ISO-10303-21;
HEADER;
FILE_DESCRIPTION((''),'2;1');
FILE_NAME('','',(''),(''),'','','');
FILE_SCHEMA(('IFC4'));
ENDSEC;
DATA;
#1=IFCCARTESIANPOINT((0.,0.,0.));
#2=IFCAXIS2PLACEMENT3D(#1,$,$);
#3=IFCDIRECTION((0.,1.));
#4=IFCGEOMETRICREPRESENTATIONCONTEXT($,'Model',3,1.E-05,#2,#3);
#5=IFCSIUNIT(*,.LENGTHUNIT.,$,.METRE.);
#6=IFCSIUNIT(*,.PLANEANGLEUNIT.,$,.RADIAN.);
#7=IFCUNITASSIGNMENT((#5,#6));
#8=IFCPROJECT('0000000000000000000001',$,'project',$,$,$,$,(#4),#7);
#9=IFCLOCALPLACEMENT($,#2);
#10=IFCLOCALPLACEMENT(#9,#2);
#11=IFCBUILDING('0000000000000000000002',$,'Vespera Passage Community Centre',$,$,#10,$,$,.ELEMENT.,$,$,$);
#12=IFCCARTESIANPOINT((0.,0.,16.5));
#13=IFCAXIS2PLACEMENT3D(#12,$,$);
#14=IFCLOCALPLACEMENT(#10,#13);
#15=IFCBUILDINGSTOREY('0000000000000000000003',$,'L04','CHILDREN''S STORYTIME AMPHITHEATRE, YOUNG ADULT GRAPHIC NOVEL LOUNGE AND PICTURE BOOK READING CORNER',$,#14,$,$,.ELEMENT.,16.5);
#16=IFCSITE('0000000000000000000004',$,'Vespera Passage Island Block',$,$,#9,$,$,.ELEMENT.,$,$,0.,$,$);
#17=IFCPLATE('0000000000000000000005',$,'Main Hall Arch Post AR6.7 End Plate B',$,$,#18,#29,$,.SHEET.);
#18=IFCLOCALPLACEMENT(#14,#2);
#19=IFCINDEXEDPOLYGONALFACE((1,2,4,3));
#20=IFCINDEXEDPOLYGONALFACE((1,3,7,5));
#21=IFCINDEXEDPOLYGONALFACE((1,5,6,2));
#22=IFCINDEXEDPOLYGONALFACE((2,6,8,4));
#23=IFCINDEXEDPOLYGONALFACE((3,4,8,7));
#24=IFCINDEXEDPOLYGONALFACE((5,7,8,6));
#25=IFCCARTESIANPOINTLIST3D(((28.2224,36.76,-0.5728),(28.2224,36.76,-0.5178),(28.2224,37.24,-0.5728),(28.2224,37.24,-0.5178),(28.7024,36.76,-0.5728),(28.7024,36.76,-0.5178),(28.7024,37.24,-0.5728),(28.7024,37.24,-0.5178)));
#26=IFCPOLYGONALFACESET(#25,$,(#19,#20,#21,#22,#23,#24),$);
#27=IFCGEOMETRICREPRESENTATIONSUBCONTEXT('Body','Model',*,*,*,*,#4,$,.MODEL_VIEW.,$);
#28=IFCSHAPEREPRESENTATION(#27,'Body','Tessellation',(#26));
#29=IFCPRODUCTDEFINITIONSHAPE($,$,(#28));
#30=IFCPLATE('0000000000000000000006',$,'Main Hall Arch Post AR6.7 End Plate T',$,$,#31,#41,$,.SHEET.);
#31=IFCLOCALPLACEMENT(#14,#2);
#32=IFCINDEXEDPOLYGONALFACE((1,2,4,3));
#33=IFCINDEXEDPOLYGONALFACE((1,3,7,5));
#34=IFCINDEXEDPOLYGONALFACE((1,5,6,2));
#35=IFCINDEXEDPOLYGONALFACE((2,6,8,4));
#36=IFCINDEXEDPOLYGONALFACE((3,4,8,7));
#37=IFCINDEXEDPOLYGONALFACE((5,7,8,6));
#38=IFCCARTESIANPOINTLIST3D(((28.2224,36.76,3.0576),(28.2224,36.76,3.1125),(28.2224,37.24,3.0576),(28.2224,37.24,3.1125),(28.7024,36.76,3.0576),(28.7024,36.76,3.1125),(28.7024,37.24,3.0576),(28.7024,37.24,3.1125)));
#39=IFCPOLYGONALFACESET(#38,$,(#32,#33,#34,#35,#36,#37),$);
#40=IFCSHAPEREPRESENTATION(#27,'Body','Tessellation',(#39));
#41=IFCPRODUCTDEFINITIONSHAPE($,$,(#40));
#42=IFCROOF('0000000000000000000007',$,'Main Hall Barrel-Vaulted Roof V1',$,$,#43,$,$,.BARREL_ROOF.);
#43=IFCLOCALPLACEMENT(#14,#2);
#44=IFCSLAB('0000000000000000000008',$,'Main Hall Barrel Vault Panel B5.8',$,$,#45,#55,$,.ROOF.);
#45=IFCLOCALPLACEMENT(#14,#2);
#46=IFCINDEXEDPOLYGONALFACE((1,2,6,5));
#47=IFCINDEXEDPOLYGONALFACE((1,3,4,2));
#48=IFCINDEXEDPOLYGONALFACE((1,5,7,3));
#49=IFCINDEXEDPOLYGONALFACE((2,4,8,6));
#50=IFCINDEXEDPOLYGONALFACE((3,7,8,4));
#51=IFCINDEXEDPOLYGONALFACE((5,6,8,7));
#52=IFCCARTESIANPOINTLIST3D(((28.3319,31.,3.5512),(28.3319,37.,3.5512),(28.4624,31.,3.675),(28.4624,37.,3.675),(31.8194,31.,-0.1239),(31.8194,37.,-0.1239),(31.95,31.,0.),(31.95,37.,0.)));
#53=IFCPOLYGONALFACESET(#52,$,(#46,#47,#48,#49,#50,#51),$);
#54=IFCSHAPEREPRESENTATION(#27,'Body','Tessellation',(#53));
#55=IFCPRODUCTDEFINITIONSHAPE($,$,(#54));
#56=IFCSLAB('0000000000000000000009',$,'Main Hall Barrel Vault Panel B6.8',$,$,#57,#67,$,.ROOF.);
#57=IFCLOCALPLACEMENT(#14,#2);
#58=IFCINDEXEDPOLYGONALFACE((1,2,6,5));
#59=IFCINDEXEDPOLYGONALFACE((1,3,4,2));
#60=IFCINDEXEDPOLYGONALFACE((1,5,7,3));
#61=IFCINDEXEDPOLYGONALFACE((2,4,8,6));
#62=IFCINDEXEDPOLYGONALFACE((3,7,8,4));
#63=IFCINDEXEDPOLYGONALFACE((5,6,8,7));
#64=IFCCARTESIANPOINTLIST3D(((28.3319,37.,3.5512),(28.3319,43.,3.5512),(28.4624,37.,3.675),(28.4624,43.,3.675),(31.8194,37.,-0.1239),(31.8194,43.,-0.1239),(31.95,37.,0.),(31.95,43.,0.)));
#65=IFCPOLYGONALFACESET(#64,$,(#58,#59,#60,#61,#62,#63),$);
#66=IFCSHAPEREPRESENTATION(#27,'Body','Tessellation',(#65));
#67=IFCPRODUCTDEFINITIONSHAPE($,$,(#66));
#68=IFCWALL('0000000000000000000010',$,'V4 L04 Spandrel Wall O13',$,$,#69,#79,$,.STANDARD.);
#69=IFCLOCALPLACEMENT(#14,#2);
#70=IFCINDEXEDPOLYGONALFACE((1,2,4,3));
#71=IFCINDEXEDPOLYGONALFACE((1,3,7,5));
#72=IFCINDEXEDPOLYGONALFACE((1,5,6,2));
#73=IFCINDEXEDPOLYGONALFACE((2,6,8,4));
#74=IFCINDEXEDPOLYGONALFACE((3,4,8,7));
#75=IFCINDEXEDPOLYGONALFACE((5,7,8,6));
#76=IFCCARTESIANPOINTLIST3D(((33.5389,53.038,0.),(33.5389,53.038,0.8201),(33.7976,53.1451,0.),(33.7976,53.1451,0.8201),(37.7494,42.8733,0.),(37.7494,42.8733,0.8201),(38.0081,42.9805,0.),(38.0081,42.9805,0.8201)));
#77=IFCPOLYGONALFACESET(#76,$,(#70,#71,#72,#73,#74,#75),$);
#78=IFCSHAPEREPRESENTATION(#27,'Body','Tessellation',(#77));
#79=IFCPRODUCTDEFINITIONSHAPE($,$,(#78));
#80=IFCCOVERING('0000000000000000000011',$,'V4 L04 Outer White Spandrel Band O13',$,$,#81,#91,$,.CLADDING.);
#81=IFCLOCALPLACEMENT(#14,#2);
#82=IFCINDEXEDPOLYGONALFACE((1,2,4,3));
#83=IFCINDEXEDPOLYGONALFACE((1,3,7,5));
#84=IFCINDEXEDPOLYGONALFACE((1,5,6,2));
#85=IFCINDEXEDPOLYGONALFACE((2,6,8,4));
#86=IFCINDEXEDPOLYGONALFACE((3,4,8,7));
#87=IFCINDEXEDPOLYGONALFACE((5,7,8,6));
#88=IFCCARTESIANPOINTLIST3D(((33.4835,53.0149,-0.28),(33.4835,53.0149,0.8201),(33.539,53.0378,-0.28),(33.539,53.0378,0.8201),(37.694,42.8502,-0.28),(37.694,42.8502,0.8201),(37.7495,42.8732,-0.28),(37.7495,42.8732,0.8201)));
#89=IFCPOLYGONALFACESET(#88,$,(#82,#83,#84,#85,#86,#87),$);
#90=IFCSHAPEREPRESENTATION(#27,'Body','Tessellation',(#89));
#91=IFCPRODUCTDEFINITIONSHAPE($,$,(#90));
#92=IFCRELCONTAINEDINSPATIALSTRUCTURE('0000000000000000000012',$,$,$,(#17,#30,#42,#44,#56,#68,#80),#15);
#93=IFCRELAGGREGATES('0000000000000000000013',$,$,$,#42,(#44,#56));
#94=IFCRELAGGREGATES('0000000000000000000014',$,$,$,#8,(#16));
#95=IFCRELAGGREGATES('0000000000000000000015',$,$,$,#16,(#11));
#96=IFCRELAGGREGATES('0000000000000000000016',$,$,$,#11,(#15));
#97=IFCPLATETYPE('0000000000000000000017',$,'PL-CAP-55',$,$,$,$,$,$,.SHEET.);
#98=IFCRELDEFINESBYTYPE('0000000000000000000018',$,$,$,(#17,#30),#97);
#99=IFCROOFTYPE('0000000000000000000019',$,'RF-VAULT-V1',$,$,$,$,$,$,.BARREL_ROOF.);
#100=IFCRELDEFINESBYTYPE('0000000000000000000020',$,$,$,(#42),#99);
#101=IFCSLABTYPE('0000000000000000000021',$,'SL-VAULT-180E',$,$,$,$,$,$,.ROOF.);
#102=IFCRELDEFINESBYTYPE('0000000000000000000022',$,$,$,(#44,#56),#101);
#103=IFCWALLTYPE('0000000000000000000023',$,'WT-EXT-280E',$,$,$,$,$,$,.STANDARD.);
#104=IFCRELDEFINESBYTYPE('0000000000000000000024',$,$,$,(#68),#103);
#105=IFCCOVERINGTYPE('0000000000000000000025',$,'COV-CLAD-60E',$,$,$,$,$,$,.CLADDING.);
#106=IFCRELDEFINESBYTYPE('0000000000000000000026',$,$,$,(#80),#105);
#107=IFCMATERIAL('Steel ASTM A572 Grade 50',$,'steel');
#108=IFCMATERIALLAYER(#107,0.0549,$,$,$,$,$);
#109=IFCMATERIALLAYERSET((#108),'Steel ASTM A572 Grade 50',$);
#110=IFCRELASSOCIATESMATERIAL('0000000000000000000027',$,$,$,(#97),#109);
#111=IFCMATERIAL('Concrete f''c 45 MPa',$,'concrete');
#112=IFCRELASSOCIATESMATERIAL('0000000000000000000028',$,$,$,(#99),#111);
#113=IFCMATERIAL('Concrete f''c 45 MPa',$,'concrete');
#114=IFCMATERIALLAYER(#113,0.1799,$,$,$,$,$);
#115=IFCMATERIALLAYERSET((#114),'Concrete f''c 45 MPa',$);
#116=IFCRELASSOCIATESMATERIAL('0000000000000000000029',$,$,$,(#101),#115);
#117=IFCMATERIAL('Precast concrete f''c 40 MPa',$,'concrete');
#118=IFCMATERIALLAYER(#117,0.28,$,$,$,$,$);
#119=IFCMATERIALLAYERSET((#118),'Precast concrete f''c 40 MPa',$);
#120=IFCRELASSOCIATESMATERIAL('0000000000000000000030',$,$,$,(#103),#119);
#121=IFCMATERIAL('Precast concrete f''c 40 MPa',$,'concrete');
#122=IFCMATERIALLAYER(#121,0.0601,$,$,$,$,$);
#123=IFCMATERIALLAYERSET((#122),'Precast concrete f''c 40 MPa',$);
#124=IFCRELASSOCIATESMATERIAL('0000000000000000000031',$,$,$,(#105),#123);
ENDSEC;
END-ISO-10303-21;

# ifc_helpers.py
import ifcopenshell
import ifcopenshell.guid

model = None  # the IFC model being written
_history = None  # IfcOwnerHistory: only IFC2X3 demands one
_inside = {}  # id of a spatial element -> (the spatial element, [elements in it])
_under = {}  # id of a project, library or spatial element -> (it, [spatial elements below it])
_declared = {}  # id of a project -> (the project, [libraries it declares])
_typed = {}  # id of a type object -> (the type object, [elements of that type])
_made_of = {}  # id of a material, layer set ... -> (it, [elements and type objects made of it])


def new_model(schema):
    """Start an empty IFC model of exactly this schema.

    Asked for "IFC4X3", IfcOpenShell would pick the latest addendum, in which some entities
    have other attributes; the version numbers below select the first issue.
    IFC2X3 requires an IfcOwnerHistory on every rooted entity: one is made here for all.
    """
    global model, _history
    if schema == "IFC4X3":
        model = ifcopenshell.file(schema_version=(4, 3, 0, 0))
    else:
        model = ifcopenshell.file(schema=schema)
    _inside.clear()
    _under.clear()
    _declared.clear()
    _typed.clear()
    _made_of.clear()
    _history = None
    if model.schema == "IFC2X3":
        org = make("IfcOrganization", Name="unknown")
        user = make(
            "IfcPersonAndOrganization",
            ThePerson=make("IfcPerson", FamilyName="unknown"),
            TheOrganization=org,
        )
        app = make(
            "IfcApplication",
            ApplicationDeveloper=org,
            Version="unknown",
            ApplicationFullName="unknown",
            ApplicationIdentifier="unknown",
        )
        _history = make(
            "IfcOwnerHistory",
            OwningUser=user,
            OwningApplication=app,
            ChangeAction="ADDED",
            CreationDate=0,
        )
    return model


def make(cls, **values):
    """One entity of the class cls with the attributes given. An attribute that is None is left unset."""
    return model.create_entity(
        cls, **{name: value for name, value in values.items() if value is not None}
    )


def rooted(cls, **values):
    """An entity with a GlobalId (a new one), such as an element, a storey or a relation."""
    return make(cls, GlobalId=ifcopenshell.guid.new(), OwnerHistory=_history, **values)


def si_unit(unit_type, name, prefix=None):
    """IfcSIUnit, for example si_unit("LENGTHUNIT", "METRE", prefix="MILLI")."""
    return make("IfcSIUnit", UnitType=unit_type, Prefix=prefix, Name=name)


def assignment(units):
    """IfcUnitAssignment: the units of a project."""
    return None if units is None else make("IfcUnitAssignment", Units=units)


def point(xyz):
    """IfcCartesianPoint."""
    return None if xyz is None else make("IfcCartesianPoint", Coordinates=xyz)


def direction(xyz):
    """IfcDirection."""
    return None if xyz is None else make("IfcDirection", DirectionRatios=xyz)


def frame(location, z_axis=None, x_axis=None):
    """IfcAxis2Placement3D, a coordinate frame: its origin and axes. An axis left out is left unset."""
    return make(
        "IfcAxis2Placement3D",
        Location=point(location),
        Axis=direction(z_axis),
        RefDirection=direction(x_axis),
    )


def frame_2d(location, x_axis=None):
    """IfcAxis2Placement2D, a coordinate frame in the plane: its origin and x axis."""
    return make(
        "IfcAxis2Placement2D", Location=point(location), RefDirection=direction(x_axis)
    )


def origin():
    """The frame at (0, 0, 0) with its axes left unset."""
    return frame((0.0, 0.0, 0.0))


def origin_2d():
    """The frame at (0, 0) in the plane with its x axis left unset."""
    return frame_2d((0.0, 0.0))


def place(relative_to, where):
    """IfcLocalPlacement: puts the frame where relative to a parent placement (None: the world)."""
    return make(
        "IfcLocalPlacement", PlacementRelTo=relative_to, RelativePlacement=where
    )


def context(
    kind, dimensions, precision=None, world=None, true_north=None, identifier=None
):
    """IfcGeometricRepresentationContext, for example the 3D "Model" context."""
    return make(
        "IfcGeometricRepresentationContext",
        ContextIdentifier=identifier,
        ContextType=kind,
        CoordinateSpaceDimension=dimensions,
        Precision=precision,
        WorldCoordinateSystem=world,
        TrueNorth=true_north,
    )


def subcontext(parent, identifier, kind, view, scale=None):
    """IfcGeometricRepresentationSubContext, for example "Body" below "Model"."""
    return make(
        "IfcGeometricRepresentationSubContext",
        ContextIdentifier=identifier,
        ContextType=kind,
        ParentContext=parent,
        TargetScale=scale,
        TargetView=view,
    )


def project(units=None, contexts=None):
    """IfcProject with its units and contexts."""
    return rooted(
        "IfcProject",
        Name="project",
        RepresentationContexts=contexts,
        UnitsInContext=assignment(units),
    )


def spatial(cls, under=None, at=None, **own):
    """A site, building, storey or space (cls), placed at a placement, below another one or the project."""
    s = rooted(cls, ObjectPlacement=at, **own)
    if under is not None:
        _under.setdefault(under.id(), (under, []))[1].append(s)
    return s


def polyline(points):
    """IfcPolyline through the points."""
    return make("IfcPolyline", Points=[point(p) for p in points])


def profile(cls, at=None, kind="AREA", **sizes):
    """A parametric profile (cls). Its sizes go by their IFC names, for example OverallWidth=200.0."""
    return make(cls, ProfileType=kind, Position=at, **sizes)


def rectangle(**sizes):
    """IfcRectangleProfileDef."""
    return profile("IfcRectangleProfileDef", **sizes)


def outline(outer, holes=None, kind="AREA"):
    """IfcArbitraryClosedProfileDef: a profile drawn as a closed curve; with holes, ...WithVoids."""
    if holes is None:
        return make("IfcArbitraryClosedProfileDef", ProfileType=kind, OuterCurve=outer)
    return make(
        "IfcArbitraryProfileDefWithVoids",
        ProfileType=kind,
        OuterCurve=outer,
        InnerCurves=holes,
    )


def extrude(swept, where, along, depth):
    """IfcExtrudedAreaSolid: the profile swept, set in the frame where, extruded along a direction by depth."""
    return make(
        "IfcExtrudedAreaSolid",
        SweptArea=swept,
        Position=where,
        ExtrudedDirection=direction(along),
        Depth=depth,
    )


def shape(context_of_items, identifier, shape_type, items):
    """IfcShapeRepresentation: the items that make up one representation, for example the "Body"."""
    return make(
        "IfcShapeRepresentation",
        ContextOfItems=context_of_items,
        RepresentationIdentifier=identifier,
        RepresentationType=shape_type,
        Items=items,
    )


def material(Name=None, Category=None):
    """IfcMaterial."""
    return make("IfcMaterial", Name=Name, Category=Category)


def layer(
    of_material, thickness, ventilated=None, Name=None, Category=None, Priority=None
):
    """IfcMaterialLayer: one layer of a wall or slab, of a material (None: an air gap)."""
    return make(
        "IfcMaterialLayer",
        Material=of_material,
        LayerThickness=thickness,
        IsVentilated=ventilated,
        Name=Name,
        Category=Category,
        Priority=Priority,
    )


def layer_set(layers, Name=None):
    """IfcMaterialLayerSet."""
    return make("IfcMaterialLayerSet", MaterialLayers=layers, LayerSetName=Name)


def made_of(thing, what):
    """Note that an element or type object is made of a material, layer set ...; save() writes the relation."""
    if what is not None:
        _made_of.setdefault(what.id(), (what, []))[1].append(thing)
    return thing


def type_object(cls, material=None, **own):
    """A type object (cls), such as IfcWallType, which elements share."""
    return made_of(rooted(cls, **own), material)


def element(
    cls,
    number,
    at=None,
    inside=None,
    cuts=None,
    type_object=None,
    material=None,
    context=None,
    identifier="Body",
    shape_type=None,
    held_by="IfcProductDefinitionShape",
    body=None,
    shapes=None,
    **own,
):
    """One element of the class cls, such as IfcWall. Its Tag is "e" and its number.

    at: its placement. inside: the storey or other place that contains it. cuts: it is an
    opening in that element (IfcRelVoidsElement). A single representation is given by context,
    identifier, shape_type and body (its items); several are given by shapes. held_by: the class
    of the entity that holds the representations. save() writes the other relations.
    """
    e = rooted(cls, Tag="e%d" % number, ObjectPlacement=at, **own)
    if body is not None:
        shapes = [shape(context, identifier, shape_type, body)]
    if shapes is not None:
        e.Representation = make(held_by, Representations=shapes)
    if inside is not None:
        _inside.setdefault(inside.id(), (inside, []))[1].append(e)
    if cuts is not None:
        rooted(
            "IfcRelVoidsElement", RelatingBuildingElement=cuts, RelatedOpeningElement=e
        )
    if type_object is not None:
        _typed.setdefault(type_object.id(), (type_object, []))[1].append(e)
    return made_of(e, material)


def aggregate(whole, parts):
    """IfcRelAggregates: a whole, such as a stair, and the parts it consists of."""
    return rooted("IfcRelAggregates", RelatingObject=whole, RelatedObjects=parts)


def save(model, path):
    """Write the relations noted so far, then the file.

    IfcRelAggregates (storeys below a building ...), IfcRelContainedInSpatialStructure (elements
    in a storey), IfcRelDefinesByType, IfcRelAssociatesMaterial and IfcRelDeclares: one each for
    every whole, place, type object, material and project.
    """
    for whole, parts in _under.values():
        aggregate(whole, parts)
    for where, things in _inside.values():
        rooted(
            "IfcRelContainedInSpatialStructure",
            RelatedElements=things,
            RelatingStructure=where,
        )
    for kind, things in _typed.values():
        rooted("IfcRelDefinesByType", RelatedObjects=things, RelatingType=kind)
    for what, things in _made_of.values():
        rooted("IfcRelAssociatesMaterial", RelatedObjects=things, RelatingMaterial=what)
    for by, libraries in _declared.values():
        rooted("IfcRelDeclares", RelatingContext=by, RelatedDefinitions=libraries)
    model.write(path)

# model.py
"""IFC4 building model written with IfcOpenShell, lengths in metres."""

from ifc_helpers import new_model, si_unit, direction, frame, frame_2d, origin, origin_2d, place, context, subcontext, project, spatial, polyline, rectangle, outline, extrude, material, layer, layer_set, type_object, element, aggregate, save


model = new_model("IFC4")

# Units and contexts
model_context = context("Model", 3, precision=1e-05, world=origin(), true_north=direction((0.0, 1.0)))
body_context = subcontext(model_context, "Body", "Model", "MODEL_VIEW")
ifc_project = project(units=[si_unit("LENGTHUNIT", "METRE"), si_unit("PLANEANGLEUNIT", "RADIAN")], contexts=[model_context])

# Site, building, storey
site_placement = place(None, origin())
site = spatial("IfcSite", under=ifc_project, at=site_placement, Name="Vespera Passage Island Block", CompositionType="ELEMENT", RefElevation=0.0)
building_placement = place(site_placement, origin())
building = spatial("IfcBuilding", under=site, at=building_placement, Name="Vespera Passage Community Centre", CompositionType="ELEMENT")
storey_placement = place(building_placement, frame((0.0, 0.0, 16.5)))
storey = spatial("IfcBuildingStorey", under=building, at=storey_placement, Name="L04", Description="CHILDREN'S STORYTIME AMPHITHEATRE, YOUNG ADULT GRAPHIC NOVEL LOUNGE AND PICTURE BOOK READING CORNER", CompositionType="ELEMENT", Elevation=16.5)

# Plates
ifc_material_1 = material(Name="Steel ASTM A572 Grade 50", Category="steel")
ifc_layer_1 = layer(ifc_material_1, 0.0549)
ifc_layer_set_1 = layer_set([ifc_layer_1], Name="Steel ASTM A572 Grade 50")
plate_type = type_object("IfcPlateType", Name="PL-CAP-55", PredefinedType="SHEET", material=ifc_layer_set_1)
for number, where, z_axis, x_axis, name in (
    (1, (28.4624, 37.0, -0.5728), (0.0, 0.0, 1.0), (1.0, 0.0, 0.0), "Main Hall Arch Post AR6.7 End Plate B"),
    (2, (28.4624, 37.0, 3.0576), (0.0, 0.0, 1.0), (1.0, 0.0, 0.0), "Main Hall Arch Post AR6.7 End Plate T"),
):
    element("IfcPlate", number, at=place(storey_placement, frame(where, z_axis=z_axis, x_axis=x_axis)), inside=storey, type_object=plate_type, Name=name, PredefinedType="SHEET", context=body_context, shape_type="SweptSolid", body=[
        extrude(rectangle(XDim=0.48, YDim=0.48, at=origin_2d()), origin(), (0.0, 0.0, 1.0), 0.0549),
    ])

# Roof, slabs
ifc_material_2 = material(Name="Concrete f'c 45 MPa", Category="concrete")
roof_type = type_object("IfcRoofType", Name="RF-VAULT-V1", PredefinedType="BARREL_ROOF", material=ifc_material_2)
roof_placement = place(storey_placement, origin())
roof = element("IfcRoof", 3, at=roof_placement, inside=storey, type_object=roof_type, Name="Main Hall Barrel-Vaulted Roof V1", PredefinedType="BARREL_ROOF")
ifc_material_3 = material(Name="Concrete f'c 45 MPa", Category="concrete")
ifc_layer_2 = layer(ifc_material_3, 0.1799)
ifc_layer_set_2 = layer_set([ifc_layer_2], Name="Concrete f'c 45 MPa")
slab_type = type_object("IfcSlabType", Name="SL-VAULT-180E", PredefinedType="ROOF", material=ifc_layer_set_2)
slab_1_placement = place(storey_placement, frame((28.4624, 31.0, 3.675), z_axis=(0.725369, 0.0, 0.688361), x_axis=(0.688361, 0.0, -0.725369)))
slab_1 = element("IfcSlab", 4, at=slab_1_placement, inside=storey, type_object=slab_type, Name="Main Hall Barrel Vault Panel B5.8", PredefinedType="ROOF", context=body_context, shape_type="SweptSolid", body=[
    extrude(outline(polyline([(0.0, 0.0), (5.0665, 0.0), (5.0665, 6.0), (0.0, 6.0), (0.0, 0.0)])), origin(), (0.0, 0.0, -1.0), 0.1799),
])
slab_2_placement = place(storey_placement, frame((28.4624, 37.0, 3.675), z_axis=(0.725369, 0.0, 0.688361), x_axis=(0.688361, 0.0, -0.725369)))
slab_2 = element("IfcSlab", 5, at=slab_2_placement, inside=storey, type_object=slab_type, Name="Main Hall Barrel Vault Panel B6.8", PredefinedType="ROOF", context=body_context, shape_type="SweptSolid", body=[
    extrude(outline(polyline([(0.0, 0.0), (5.0665, 0.0), (5.0665, 6.0), (0.0, 6.0), (0.0, 0.0)])), origin(), (0.0, 0.0, -1.0), 0.1799),
])
aggregate(roof, [slab_1, slab_2])

# Wall
ifc_material_4 = material(Name="Precast concrete f'c 40 MPa", Category="concrete")
ifc_layer_3 = layer(ifc_material_4, 0.28)
ifc_layer_set_3 = layer_set([ifc_layer_3], Name="Precast concrete f'c 40 MPa")
wall_type = type_object("IfcWallType", Name="WT-EXT-280E", PredefinedType="STANDARD", material=ifc_layer_set_3)
wall_placement = place(storey_placement, frame((37.8787, 42.927, 0.0), z_axis=(0.0, 0.0, 1.0), x_axis=(-0.382695, 0.923875, 0.0)))
element("IfcWall", 6, at=wall_placement, inside=storey, type_object=wall_type, Name="V4 L04 Spandrel Wall O13", PredefinedType="STANDARD", context=body_context, shape_type="SweptSolid", body=[
    extrude(rectangle(XDim=11.0022, YDim=0.28, at=frame_2d((5.501, 0.0))), origin(), (0.0, 0.0, 1.0), 0.8201),
])

# Covering
ifc_material_5 = material(Name="Precast concrete f'c 40 MPa", Category="concrete")
ifc_layer_4 = layer(ifc_material_5, 0.0601)
ifc_layer_set_4 = layer_set([ifc_layer_4], Name="Precast concrete f'c 40 MPa")
covering_type = type_object("IfcCoveringType", Name="COV-CLAD-60E", PredefinedType="CLADDING", material=ifc_layer_set_4)
covering_placement = place(storey_placement, frame((37.7217, 42.8618, -0.28), z_axis=(0.0, 0.0, 1.0), x_axis=(-0.382695, 0.923875, 0.0)))
element("IfcCovering", 7, at=covering_placement, inside=storey, type_object=covering_type, Name="V4 L04 Outer White Spandrel Band O13", PredefinedType="CLADDING", context=body_context, shape_type="SweptSolid", body=[
    extrude(rectangle(XDim=11.0022, YDim=0.0601, at=frame_2d((5.501, 0.0))), origin(), (0.0, 0.0, 1.0), 1.1001),
])

save(model, "model.ifc")
